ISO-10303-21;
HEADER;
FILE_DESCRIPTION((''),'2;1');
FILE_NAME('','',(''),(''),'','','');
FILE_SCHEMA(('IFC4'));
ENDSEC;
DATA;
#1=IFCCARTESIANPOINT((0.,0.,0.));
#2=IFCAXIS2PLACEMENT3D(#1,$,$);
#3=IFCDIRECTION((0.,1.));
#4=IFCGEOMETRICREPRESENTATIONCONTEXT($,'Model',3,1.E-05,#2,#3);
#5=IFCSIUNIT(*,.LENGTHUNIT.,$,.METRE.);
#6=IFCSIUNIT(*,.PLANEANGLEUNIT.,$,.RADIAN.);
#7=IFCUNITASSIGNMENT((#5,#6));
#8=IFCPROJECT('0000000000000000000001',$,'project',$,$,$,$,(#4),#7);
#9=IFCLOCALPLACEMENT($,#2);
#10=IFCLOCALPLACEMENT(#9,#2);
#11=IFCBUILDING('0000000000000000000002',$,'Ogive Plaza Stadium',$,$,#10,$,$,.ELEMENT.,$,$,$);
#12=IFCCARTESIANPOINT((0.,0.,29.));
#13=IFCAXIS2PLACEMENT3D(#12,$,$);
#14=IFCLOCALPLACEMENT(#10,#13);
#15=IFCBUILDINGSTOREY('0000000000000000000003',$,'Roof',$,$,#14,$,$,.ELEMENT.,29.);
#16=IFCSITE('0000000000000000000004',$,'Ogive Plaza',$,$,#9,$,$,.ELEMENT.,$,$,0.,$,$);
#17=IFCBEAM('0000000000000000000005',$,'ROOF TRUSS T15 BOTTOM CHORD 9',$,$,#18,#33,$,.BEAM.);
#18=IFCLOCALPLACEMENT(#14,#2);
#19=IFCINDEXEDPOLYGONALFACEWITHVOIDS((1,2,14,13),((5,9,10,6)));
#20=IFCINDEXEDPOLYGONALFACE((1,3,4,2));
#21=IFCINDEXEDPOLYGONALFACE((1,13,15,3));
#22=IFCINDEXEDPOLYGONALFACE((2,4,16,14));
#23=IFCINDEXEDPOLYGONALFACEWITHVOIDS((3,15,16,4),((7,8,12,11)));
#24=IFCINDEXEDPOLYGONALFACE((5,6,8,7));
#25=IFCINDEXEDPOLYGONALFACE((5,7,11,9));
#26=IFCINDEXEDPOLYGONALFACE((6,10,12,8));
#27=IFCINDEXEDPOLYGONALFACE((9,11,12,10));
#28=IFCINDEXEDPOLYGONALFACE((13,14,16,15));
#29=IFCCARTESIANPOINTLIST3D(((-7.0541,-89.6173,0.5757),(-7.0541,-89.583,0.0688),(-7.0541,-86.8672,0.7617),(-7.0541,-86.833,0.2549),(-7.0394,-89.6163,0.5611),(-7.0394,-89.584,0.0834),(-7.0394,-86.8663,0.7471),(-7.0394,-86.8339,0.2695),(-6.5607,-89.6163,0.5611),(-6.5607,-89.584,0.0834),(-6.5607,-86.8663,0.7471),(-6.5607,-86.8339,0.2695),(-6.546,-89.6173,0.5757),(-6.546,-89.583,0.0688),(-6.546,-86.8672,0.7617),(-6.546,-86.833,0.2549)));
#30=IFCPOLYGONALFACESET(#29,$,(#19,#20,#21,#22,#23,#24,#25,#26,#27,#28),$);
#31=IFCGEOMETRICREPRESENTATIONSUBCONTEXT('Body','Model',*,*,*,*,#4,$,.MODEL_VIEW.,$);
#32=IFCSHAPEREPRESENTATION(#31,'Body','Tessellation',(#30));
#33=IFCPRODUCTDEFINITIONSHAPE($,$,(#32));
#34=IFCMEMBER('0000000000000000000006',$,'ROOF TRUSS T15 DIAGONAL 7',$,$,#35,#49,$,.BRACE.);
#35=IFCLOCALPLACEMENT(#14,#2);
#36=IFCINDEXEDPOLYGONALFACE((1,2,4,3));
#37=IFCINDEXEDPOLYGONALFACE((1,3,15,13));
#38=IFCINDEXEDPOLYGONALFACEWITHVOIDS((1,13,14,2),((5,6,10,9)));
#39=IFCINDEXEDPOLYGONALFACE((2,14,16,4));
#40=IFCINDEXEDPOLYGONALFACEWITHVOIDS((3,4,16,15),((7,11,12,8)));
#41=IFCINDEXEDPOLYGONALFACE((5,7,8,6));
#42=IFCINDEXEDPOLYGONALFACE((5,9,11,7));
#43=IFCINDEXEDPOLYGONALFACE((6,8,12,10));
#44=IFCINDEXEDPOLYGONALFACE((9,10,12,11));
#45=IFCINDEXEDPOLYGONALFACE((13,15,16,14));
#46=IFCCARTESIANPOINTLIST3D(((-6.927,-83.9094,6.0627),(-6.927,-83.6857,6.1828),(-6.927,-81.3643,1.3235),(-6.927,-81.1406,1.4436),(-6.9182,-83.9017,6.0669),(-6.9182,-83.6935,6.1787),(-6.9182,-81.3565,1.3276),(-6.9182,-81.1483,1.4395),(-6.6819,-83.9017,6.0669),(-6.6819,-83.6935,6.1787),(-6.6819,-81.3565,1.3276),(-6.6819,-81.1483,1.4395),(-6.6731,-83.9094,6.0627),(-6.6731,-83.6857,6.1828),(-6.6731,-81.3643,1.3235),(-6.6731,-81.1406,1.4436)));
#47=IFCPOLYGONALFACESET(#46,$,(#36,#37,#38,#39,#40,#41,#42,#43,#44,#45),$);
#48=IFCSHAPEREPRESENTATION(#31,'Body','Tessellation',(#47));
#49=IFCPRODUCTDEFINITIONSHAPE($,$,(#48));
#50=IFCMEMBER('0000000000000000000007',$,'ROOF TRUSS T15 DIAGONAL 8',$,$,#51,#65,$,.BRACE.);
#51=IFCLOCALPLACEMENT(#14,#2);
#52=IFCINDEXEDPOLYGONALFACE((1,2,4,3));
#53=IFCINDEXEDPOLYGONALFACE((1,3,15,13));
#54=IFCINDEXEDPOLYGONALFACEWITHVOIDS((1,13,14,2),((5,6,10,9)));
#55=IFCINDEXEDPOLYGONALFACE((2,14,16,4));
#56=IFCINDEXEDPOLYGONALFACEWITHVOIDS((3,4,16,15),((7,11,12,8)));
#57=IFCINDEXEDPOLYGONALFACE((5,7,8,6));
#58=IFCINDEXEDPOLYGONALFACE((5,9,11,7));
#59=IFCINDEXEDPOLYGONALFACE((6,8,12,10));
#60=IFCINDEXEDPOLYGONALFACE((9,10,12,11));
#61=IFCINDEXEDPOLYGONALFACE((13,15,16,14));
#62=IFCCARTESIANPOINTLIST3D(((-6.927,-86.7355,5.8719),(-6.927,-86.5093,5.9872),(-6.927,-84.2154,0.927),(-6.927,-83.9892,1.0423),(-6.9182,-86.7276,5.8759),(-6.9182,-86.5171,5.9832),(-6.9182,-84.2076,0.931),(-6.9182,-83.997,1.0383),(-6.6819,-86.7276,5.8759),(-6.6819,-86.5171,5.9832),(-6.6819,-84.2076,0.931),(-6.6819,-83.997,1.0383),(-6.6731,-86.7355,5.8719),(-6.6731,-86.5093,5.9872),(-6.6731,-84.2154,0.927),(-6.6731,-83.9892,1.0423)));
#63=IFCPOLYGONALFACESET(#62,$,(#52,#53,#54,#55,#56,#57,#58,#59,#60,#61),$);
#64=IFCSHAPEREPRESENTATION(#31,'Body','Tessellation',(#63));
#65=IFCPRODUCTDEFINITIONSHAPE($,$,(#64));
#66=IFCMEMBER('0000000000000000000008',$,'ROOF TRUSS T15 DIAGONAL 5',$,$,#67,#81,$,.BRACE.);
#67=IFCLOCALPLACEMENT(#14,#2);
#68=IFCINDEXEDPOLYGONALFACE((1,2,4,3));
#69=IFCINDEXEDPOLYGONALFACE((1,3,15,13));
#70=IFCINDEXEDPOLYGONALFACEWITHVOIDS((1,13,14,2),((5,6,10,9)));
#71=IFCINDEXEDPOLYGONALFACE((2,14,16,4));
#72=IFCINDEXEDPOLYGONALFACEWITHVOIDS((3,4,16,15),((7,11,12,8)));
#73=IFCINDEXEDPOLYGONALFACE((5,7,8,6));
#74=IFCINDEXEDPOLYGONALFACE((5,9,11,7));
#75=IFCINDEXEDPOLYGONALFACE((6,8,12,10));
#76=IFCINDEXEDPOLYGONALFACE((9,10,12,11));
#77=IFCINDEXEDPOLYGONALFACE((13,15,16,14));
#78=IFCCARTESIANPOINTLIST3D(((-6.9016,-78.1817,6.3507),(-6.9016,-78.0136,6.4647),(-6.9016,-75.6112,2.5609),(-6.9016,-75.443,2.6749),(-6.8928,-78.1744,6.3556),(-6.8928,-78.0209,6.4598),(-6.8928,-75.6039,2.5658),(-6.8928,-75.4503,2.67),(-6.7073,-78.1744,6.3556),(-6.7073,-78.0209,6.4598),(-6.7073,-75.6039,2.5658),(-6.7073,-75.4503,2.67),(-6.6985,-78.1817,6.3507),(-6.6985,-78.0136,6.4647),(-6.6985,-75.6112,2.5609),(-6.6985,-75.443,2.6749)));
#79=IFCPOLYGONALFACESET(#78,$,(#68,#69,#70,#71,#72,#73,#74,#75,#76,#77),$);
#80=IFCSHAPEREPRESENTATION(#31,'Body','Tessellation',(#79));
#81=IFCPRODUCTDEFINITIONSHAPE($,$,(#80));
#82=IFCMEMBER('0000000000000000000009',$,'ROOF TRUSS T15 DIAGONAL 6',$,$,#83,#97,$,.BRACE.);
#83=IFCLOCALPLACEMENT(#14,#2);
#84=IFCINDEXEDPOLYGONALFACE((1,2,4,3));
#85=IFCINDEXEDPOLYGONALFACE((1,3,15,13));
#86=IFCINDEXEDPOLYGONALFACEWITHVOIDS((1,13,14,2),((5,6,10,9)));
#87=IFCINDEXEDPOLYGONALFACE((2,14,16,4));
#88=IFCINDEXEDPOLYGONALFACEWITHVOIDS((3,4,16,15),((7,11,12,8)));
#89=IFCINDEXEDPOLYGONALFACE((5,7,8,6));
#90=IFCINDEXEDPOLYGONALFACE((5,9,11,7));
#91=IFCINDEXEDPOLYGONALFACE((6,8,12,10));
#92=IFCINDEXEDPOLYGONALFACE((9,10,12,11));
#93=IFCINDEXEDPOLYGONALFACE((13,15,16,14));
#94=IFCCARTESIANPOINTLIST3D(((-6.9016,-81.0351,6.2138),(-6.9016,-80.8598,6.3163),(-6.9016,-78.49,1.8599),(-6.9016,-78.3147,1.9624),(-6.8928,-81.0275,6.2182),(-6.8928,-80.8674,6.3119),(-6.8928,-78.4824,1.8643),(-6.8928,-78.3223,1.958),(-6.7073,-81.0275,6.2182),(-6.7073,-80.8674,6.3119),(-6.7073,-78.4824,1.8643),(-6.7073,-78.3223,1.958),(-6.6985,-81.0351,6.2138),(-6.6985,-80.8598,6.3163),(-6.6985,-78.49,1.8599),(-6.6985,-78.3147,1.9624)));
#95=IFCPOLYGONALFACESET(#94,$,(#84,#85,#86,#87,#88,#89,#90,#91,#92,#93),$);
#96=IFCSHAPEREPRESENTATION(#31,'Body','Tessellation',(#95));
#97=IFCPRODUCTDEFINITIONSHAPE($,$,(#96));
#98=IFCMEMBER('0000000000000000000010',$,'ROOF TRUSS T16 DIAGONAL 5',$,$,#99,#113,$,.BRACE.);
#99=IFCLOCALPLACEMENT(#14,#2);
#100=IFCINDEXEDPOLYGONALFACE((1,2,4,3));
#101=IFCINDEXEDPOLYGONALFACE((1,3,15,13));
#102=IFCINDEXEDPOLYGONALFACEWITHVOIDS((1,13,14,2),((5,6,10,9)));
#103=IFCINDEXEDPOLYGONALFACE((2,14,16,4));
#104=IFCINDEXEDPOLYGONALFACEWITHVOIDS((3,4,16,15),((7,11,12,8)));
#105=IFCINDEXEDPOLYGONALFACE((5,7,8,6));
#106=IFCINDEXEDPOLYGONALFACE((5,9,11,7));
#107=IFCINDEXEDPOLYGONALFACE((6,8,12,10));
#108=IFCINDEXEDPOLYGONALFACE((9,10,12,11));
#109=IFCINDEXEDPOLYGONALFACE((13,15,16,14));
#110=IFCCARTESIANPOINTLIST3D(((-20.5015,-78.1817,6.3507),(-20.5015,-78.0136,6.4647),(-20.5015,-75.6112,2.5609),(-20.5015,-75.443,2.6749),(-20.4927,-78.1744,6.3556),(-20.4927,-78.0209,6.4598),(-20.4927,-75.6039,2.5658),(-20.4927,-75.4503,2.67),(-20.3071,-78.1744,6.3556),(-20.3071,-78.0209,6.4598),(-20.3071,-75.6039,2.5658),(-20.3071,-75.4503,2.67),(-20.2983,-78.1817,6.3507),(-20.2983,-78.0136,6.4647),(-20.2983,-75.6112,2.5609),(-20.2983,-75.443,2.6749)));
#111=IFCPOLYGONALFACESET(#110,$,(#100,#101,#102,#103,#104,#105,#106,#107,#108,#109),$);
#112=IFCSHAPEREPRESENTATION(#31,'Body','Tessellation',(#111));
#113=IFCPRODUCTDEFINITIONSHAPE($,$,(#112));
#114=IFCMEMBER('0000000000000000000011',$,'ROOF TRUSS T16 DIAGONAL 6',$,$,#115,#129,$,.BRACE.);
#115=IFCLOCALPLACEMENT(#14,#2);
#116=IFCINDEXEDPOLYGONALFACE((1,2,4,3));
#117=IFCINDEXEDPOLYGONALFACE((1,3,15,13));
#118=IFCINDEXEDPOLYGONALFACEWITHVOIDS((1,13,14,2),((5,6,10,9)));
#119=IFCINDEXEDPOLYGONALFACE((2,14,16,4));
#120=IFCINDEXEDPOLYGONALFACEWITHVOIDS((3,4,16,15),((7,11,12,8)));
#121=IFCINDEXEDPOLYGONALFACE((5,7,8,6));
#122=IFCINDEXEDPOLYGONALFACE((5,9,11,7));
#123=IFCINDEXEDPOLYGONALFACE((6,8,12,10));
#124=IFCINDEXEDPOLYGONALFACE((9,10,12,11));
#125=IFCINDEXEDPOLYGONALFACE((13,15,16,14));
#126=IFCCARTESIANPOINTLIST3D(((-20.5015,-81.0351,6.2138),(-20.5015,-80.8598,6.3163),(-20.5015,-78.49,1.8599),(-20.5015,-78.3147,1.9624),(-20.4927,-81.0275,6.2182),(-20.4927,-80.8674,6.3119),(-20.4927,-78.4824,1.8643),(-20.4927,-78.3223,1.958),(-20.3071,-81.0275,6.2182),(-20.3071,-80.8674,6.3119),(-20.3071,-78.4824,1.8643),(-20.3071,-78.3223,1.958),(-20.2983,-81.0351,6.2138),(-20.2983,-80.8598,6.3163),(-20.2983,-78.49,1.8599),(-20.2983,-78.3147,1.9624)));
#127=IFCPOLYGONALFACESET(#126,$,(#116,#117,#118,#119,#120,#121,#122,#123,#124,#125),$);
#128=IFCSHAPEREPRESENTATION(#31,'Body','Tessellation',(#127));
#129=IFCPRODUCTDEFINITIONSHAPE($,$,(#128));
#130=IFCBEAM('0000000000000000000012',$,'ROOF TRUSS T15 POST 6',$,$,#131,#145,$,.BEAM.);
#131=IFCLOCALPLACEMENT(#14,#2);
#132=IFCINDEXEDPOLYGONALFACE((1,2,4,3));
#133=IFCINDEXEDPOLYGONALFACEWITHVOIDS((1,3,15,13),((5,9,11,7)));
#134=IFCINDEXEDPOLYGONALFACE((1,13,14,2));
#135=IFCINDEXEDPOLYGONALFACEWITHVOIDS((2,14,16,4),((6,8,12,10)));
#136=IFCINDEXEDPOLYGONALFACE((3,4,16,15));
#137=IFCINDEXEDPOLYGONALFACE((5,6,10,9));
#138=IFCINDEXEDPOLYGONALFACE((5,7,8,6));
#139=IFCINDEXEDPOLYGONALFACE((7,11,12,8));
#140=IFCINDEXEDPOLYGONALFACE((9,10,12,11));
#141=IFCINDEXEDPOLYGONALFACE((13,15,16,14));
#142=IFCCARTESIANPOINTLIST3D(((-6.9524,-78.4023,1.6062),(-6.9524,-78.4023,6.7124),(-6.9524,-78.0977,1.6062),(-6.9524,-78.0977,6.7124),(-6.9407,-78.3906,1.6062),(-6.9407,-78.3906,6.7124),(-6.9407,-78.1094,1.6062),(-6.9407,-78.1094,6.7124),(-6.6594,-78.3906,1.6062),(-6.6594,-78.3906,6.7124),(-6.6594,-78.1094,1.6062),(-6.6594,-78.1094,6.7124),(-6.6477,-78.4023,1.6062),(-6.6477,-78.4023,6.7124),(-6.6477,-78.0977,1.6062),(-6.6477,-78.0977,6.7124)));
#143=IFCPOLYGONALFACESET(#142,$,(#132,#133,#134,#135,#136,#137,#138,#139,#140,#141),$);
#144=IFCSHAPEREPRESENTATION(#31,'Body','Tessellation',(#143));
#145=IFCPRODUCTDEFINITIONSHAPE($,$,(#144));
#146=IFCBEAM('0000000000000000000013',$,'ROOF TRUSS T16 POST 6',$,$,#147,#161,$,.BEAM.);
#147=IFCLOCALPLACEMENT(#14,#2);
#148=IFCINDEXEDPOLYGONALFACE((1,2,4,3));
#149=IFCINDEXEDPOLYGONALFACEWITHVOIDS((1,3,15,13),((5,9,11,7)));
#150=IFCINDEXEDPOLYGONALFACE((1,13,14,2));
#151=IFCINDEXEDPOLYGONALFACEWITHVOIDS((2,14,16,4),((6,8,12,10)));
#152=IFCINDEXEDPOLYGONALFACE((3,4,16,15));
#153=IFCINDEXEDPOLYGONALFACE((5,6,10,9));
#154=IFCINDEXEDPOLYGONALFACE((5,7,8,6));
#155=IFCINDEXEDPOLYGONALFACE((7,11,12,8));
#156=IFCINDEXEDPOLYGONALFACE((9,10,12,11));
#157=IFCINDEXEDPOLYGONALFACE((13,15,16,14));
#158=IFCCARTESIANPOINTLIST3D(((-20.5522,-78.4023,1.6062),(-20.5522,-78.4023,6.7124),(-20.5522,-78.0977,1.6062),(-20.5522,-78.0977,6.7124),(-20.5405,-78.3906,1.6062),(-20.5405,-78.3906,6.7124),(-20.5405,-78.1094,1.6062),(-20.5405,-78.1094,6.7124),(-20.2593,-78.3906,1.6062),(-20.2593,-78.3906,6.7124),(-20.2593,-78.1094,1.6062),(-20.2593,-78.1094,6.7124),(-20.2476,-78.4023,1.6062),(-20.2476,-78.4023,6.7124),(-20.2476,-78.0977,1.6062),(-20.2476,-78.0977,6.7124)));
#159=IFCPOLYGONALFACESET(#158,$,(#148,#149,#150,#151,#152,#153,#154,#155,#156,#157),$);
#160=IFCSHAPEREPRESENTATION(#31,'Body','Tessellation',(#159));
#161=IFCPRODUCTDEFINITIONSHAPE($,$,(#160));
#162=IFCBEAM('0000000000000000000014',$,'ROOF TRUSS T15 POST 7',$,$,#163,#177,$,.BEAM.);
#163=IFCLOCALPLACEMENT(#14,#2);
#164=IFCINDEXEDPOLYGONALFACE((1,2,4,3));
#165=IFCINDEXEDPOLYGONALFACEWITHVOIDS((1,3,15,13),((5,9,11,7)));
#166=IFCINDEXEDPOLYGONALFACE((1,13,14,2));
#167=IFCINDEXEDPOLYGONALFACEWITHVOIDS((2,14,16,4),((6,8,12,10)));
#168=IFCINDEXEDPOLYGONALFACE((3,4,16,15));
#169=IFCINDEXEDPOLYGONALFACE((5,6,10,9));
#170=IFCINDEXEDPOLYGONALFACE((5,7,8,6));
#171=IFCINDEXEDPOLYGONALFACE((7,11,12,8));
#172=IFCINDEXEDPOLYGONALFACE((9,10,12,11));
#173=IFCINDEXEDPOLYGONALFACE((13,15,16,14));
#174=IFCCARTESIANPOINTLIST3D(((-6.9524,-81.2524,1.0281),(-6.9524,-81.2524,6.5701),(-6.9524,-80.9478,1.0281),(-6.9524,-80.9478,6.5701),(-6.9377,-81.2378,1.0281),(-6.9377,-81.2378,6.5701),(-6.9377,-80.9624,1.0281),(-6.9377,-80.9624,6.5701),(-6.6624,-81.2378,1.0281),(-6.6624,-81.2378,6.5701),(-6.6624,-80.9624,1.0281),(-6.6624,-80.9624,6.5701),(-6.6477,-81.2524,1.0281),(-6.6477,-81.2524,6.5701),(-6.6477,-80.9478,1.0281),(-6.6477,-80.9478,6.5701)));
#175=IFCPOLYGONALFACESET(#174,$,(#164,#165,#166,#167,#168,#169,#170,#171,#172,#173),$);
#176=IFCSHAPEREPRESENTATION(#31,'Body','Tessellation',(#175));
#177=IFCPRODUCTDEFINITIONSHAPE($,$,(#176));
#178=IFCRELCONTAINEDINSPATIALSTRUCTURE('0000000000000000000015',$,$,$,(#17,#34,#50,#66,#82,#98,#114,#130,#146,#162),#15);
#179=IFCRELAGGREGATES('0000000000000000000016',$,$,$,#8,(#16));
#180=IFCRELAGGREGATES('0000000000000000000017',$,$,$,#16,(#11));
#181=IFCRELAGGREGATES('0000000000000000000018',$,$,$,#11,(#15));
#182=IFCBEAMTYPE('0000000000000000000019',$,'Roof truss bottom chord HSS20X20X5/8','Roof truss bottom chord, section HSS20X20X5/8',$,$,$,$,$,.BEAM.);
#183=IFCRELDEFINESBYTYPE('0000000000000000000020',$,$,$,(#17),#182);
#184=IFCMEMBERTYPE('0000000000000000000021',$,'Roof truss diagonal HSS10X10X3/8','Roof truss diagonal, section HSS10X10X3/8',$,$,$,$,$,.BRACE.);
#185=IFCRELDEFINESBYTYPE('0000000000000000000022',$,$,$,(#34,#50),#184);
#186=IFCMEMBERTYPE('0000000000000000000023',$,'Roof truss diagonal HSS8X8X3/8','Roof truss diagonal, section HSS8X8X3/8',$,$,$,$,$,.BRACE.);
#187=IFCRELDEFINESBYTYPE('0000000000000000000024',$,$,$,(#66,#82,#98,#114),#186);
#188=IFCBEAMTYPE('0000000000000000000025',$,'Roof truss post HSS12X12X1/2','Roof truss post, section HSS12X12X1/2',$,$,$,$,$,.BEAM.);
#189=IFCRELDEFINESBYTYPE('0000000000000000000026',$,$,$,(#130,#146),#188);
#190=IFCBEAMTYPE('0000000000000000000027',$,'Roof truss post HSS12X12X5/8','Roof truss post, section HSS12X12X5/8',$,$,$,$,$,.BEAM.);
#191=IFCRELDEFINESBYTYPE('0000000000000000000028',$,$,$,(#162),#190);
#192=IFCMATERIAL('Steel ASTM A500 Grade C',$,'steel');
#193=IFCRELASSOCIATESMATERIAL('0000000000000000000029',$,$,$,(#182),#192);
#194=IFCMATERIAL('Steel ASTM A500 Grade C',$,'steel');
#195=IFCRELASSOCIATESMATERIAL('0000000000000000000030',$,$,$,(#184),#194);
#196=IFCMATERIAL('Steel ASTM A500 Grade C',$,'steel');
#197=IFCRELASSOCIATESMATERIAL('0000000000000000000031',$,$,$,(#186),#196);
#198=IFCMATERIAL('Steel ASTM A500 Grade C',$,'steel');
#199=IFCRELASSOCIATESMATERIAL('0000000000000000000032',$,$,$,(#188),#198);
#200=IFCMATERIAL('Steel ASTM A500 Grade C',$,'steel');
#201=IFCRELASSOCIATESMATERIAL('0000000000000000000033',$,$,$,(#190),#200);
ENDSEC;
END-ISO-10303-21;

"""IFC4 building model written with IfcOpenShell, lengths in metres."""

from ifc_helpers import new_model, si_unit, direction, frame, origin, origin_2d, place, context, subcontext, project, spatial, hollow_rectangle, extrude, material, material_profile, profile_set, type_object, element, save


model = new_model("IFC4")

# Units and contexts
model_context = context("Model", 3, precision=1e-05, world=origin(), true_north=direction((0.0, 1.0)))
body_context = subcontext(model_context, "Body", "Model", "MODEL_VIEW")
ifc_project = project(units=[si_unit("LENGTHUNIT", "METRE"), si_unit("PLANEANGLEUNIT", "RADIAN")], contexts=[model_context])

# Site, building, storey
site_placement = place(None, origin())
site = spatial("IfcSite", under=ifc_project, at=site_placement, Name="Ogive Plaza", CompositionType="ELEMENT", RefElevation=0.0)
building_placement = place(site_placement, origin())
building = spatial("IfcBuilding", under=site, at=building_placement, Name="Ogive Plaza Stadium", CompositionType="ELEMENT")
storey_placement = place(building_placement, frame((0.0, 0.0, 29.0)))
storey = spatial("IfcBuildingStorey", under=building, at=storey_placement, Name="Roof", CompositionType="ELEMENT", Elevation=29.0)

# Beam
ifc_material_1 = material(Name="Steel ASTM A500 Grade C", Category="steel")
ifc_material_profile_1 = material_profile(ifc_material_1, hollow_rectangle(XDim=0.5081, YDim=0.5081, WallThickness=0.0146, at=origin_2d()), Name="HSS20X20X5/8")
ifc_profile_set_1 = profile_set([ifc_material_profile_1], Name="Steel ASTM A500 Grade C")
beam_type_1 = type_object("IfcBeamType", Name="Roof truss bottom chord HSS20X20X5/8", Description="Roof truss bottom chord, section HSS20X20X5/8", PredefinedType="BEAM", material=ifc_profile_set_1)
beam_1_placement = place(storey_placement, frame((-6.8, -86.8501, 0.5083), z_axis=(0.0, -0.99772, -0.067495), x_axis=(1.0, 0.0, 0.0)))
element("IfcBeam", 1, at=beam_1_placement, inside=storey, type_object=beam_type_1, Name="ROOF TRUSS T15 BOTTOM CHORD 9", PredefinedType="BEAM", context=body_context, shape_type="SweptSolid", body=[
    extrude(hollow_rectangle(XDim=0.5081, YDim=0.5081, WallThickness=0.0146, at=origin_2d()), origin(), (0.0, 0.0, 1.0), 2.7563),
])

# Members
ifc_material_2 = material(Name="Steel ASTM A500 Grade C", Category="steel")
ifc_material_profile_2 = material_profile(ifc_material_2, hollow_rectangle(XDim=0.2539, YDim=0.2539, WallThickness=0.0088, at=origin_2d()), Name="HSS10X10X3/8")
ifc_profile_set_2 = profile_set([ifc_material_profile_2], Name="Steel ASTM A500 Grade C")
member_type_1 = type_object("IfcMemberType", Name="Roof truss diagonal HSS10X10X3/8", Description="Roof truss diagonal, section HSS10X10X3/8", PredefinedType="BRACE", material=ifc_profile_set_2)
member_1_placement = place(storey_placement, frame((-6.8, -81.2524, 1.3835), z_axis=(0.0, -0.473128, 0.880994), x_axis=(1.0, 0.0, 0.0)))
element("IfcMember", 2, at=member_1_placement, inside=storey, type_object=member_type_1, Name="ROOF TRUSS T15 DIAGONAL 7", PredefinedType="BRACE", context=body_context, shape_type="SweptSolid", body=[
    extrude(hollow_rectangle(XDim=0.2539, YDim=0.2539, WallThickness=0.0088, at=origin_2d()), origin(), (0.0, 0.0, 1.0), 5.3794),
])
member_2_placement = place(storey_placement, frame((-6.8, -84.1023, 0.9846), z_axis=(0.0, -0.454063, 0.89097), x_axis=(1.0, 0.0, 0.0)))
element("IfcMember", 3, at=member_2_placement, inside=storey, type_object=member_type_1, Name="ROOF TRUSS T15 DIAGONAL 8", PredefinedType="BRACE", context=body_context, shape_type="SweptSolid", body=[
    extrude(hollow_rectangle(XDim=0.2539, YDim=0.2539, WallThickness=0.0088, at=origin_2d()), origin(), (0.0, 0.0, 1.0), 5.55),
])
ifc_material_3 = material(Name="Steel ASTM A500 Grade C", Category="steel")
ifc_material_profile_3 = material_profile(ifc_material_3, hollow_rectangle(XDim=0.2031, YDim=0.2031, WallThickness=0.0088, at=origin_2d()), Name="HSS8X8X3/8")
ifc_profile_set_3 = profile_set([ifc_material_profile_3], Name="Steel ASTM A500 Grade C")
member_type_2 = type_object("IfcMemberType", Name="Roof truss diagonal HSS8X8X3/8", Description="Roof truss diagonal, section HSS8X8X3/8", PredefinedType="BRACE", material=ifc_profile_set_3)
member_3_placement = place(storey_placement, frame((-6.8, -75.5271, 2.6179), z_axis=(0.0, -0.561338, 0.827586), x_axis=(1.0, 0.0, 0.0)))
element("IfcMember", 4, at=member_3_placement, inside=storey, type_object=member_type_2, Name="ROOF TRUSS T15 DIAGONAL 5", PredefinedType="BRACE", context=body_context, shape_type="SweptSolid", body=[
    extrude(hollow_rectangle(XDim=0.2031, YDim=0.2031, WallThickness=0.0088, at=origin_2d()), origin(), (0.0, 0.0, 1.0), 4.5793),
])
member_4_placement = place(storey_placement, frame((-6.8, -78.4023, 1.9111), z_axis=(0.0, -0.504659, 0.863319), x_axis=(1.0, 0.0, 0.0)))
element("IfcMember", 5, at=member_4_placement, inside=storey, type_object=member_type_2, Name="ROOF TRUSS T15 DIAGONAL 6", PredefinedType="BRACE", context=body_context, shape_type="SweptSolid", body=[
    extrude(hollow_rectangle(XDim=0.2031, YDim=0.2031, WallThickness=0.0088, at=origin_2d()), origin(), (0.0, 0.0, 1.0), 5.0432),
])
member_5_placement = place(storey_placement, frame((-20.3999, -75.5271, 2.6179), z_axis=(0.0, -0.561338, 0.827586), x_axis=(1.0, 0.0, 0.0)))
element("IfcMember", 6, at=member_5_placement, inside=storey, type_object=member_type_2, Name="ROOF TRUSS T16 DIAGONAL 5", PredefinedType="BRACE", context=body_context, shape_type="SweptSolid", body=[
    extrude(hollow_rectangle(XDim=0.2031, YDim=0.2031, WallThickness=0.0088, at=origin_2d()), origin(), (0.0, 0.0, 1.0), 4.5793),
])
member_6_placement = place(storey_placement, frame((-20.3999, -78.4023, 1.9111), z_axis=(0.0, -0.504659, 0.863319), x_axis=(1.0, 0.0, 0.0)))
element("IfcMember", 7, at=member_6_placement, inside=storey, type_object=member_type_2, Name="ROOF TRUSS T16 DIAGONAL 6", PredefinedType="BRACE", context=body_context, shape_type="SweptSolid", body=[
    extrude(hollow_rectangle(XDim=0.2031, YDim=0.2031, WallThickness=0.0088, at=origin_2d()), origin(), (0.0, 0.0, 1.0), 5.0432),
])

# Beams
ifc_material_4 = material(Name="Steel ASTM A500 Grade C", Category="steel")
ifc_material_profile_4 = material_profile(ifc_material_4, hollow_rectangle(XDim=0.3047, YDim=0.3047, WallThickness=0.0117, at=origin_2d()), Name="HSS12X12X1/2")
ifc_profile_set_4 = profile_set([ifc_material_profile_4], Name="Steel ASTM A500 Grade C")
beam_type_2 = type_object("IfcBeamType", Name="Roof truss post HSS12X12X1/2", Description="Roof truss post, section HSS12X12X1/2", PredefinedType="BEAM", material=ifc_profile_set_4)
for number, where, z_axis, x_axis, name in (
    (8, (-6.8, -78.25, 1.6062), (0.0, 0.0, 1.0), (1.0, 0.0, 0.0), "ROOF TRUSS T15 POST 6"),
    (9, (-20.3999, -78.25, 1.6062), (0.0, 0.0, 1.0), (1.0, 0.0, 0.0), "ROOF TRUSS T16 POST 6"),
):
    element("IfcBeam", number, at=place(storey_placement, frame(where, z_axis=z_axis, x_axis=x_axis)), inside=storey, type_object=beam_type_2, Name=name, PredefinedType="BEAM", context=body_context, shape_type="SweptSolid", body=[
        extrude(hollow_rectangle(XDim=0.3047, YDim=0.3047, WallThickness=0.0117, at=origin_2d()), origin(), (0.0, 0.0, 1.0), 5.1062),
    ])
ifc_material_5 = material(Name="Steel ASTM A500 Grade C", Category="steel")
ifc_material_profile_5 = material_profile(ifc_material_5, hollow_rectangle(XDim=0.3047, YDim=0.3047, WallThickness=0.0146, at=origin_2d()), Name="HSS12X12X5/8")
ifc_profile_set_5 = profile_set([ifc_material_profile_5], Name="Steel ASTM A500 Grade C")
beam_type_3 = type_object("IfcBeamType", Name="Roof truss post HSS12X12X5/8", Description="Roof truss post, section HSS12X12X5/8", PredefinedType="BEAM", material=ifc_profile_set_5)
beam_2_placement = place(storey_placement, frame((-6.8, -81.1001, 1.0281), z_axis=(0.0, 0.0, 1.0), x_axis=(1.0, 0.0, 0.0)))
element("IfcBeam", 10, at=beam_2_placement, inside=storey, type_object=beam_type_3, Name="ROOF TRUSS T15 POST 7", PredefinedType="BEAM", context=body_context, shape_type="SweptSolid", body=[
    extrude(hollow_rectangle(XDim=0.3047, YDim=0.3047, WallThickness=0.0146, at=origin_2d()), origin(), (0.0, 0.0, 1.0), 5.542),
])

save(model, "model.ifc")
